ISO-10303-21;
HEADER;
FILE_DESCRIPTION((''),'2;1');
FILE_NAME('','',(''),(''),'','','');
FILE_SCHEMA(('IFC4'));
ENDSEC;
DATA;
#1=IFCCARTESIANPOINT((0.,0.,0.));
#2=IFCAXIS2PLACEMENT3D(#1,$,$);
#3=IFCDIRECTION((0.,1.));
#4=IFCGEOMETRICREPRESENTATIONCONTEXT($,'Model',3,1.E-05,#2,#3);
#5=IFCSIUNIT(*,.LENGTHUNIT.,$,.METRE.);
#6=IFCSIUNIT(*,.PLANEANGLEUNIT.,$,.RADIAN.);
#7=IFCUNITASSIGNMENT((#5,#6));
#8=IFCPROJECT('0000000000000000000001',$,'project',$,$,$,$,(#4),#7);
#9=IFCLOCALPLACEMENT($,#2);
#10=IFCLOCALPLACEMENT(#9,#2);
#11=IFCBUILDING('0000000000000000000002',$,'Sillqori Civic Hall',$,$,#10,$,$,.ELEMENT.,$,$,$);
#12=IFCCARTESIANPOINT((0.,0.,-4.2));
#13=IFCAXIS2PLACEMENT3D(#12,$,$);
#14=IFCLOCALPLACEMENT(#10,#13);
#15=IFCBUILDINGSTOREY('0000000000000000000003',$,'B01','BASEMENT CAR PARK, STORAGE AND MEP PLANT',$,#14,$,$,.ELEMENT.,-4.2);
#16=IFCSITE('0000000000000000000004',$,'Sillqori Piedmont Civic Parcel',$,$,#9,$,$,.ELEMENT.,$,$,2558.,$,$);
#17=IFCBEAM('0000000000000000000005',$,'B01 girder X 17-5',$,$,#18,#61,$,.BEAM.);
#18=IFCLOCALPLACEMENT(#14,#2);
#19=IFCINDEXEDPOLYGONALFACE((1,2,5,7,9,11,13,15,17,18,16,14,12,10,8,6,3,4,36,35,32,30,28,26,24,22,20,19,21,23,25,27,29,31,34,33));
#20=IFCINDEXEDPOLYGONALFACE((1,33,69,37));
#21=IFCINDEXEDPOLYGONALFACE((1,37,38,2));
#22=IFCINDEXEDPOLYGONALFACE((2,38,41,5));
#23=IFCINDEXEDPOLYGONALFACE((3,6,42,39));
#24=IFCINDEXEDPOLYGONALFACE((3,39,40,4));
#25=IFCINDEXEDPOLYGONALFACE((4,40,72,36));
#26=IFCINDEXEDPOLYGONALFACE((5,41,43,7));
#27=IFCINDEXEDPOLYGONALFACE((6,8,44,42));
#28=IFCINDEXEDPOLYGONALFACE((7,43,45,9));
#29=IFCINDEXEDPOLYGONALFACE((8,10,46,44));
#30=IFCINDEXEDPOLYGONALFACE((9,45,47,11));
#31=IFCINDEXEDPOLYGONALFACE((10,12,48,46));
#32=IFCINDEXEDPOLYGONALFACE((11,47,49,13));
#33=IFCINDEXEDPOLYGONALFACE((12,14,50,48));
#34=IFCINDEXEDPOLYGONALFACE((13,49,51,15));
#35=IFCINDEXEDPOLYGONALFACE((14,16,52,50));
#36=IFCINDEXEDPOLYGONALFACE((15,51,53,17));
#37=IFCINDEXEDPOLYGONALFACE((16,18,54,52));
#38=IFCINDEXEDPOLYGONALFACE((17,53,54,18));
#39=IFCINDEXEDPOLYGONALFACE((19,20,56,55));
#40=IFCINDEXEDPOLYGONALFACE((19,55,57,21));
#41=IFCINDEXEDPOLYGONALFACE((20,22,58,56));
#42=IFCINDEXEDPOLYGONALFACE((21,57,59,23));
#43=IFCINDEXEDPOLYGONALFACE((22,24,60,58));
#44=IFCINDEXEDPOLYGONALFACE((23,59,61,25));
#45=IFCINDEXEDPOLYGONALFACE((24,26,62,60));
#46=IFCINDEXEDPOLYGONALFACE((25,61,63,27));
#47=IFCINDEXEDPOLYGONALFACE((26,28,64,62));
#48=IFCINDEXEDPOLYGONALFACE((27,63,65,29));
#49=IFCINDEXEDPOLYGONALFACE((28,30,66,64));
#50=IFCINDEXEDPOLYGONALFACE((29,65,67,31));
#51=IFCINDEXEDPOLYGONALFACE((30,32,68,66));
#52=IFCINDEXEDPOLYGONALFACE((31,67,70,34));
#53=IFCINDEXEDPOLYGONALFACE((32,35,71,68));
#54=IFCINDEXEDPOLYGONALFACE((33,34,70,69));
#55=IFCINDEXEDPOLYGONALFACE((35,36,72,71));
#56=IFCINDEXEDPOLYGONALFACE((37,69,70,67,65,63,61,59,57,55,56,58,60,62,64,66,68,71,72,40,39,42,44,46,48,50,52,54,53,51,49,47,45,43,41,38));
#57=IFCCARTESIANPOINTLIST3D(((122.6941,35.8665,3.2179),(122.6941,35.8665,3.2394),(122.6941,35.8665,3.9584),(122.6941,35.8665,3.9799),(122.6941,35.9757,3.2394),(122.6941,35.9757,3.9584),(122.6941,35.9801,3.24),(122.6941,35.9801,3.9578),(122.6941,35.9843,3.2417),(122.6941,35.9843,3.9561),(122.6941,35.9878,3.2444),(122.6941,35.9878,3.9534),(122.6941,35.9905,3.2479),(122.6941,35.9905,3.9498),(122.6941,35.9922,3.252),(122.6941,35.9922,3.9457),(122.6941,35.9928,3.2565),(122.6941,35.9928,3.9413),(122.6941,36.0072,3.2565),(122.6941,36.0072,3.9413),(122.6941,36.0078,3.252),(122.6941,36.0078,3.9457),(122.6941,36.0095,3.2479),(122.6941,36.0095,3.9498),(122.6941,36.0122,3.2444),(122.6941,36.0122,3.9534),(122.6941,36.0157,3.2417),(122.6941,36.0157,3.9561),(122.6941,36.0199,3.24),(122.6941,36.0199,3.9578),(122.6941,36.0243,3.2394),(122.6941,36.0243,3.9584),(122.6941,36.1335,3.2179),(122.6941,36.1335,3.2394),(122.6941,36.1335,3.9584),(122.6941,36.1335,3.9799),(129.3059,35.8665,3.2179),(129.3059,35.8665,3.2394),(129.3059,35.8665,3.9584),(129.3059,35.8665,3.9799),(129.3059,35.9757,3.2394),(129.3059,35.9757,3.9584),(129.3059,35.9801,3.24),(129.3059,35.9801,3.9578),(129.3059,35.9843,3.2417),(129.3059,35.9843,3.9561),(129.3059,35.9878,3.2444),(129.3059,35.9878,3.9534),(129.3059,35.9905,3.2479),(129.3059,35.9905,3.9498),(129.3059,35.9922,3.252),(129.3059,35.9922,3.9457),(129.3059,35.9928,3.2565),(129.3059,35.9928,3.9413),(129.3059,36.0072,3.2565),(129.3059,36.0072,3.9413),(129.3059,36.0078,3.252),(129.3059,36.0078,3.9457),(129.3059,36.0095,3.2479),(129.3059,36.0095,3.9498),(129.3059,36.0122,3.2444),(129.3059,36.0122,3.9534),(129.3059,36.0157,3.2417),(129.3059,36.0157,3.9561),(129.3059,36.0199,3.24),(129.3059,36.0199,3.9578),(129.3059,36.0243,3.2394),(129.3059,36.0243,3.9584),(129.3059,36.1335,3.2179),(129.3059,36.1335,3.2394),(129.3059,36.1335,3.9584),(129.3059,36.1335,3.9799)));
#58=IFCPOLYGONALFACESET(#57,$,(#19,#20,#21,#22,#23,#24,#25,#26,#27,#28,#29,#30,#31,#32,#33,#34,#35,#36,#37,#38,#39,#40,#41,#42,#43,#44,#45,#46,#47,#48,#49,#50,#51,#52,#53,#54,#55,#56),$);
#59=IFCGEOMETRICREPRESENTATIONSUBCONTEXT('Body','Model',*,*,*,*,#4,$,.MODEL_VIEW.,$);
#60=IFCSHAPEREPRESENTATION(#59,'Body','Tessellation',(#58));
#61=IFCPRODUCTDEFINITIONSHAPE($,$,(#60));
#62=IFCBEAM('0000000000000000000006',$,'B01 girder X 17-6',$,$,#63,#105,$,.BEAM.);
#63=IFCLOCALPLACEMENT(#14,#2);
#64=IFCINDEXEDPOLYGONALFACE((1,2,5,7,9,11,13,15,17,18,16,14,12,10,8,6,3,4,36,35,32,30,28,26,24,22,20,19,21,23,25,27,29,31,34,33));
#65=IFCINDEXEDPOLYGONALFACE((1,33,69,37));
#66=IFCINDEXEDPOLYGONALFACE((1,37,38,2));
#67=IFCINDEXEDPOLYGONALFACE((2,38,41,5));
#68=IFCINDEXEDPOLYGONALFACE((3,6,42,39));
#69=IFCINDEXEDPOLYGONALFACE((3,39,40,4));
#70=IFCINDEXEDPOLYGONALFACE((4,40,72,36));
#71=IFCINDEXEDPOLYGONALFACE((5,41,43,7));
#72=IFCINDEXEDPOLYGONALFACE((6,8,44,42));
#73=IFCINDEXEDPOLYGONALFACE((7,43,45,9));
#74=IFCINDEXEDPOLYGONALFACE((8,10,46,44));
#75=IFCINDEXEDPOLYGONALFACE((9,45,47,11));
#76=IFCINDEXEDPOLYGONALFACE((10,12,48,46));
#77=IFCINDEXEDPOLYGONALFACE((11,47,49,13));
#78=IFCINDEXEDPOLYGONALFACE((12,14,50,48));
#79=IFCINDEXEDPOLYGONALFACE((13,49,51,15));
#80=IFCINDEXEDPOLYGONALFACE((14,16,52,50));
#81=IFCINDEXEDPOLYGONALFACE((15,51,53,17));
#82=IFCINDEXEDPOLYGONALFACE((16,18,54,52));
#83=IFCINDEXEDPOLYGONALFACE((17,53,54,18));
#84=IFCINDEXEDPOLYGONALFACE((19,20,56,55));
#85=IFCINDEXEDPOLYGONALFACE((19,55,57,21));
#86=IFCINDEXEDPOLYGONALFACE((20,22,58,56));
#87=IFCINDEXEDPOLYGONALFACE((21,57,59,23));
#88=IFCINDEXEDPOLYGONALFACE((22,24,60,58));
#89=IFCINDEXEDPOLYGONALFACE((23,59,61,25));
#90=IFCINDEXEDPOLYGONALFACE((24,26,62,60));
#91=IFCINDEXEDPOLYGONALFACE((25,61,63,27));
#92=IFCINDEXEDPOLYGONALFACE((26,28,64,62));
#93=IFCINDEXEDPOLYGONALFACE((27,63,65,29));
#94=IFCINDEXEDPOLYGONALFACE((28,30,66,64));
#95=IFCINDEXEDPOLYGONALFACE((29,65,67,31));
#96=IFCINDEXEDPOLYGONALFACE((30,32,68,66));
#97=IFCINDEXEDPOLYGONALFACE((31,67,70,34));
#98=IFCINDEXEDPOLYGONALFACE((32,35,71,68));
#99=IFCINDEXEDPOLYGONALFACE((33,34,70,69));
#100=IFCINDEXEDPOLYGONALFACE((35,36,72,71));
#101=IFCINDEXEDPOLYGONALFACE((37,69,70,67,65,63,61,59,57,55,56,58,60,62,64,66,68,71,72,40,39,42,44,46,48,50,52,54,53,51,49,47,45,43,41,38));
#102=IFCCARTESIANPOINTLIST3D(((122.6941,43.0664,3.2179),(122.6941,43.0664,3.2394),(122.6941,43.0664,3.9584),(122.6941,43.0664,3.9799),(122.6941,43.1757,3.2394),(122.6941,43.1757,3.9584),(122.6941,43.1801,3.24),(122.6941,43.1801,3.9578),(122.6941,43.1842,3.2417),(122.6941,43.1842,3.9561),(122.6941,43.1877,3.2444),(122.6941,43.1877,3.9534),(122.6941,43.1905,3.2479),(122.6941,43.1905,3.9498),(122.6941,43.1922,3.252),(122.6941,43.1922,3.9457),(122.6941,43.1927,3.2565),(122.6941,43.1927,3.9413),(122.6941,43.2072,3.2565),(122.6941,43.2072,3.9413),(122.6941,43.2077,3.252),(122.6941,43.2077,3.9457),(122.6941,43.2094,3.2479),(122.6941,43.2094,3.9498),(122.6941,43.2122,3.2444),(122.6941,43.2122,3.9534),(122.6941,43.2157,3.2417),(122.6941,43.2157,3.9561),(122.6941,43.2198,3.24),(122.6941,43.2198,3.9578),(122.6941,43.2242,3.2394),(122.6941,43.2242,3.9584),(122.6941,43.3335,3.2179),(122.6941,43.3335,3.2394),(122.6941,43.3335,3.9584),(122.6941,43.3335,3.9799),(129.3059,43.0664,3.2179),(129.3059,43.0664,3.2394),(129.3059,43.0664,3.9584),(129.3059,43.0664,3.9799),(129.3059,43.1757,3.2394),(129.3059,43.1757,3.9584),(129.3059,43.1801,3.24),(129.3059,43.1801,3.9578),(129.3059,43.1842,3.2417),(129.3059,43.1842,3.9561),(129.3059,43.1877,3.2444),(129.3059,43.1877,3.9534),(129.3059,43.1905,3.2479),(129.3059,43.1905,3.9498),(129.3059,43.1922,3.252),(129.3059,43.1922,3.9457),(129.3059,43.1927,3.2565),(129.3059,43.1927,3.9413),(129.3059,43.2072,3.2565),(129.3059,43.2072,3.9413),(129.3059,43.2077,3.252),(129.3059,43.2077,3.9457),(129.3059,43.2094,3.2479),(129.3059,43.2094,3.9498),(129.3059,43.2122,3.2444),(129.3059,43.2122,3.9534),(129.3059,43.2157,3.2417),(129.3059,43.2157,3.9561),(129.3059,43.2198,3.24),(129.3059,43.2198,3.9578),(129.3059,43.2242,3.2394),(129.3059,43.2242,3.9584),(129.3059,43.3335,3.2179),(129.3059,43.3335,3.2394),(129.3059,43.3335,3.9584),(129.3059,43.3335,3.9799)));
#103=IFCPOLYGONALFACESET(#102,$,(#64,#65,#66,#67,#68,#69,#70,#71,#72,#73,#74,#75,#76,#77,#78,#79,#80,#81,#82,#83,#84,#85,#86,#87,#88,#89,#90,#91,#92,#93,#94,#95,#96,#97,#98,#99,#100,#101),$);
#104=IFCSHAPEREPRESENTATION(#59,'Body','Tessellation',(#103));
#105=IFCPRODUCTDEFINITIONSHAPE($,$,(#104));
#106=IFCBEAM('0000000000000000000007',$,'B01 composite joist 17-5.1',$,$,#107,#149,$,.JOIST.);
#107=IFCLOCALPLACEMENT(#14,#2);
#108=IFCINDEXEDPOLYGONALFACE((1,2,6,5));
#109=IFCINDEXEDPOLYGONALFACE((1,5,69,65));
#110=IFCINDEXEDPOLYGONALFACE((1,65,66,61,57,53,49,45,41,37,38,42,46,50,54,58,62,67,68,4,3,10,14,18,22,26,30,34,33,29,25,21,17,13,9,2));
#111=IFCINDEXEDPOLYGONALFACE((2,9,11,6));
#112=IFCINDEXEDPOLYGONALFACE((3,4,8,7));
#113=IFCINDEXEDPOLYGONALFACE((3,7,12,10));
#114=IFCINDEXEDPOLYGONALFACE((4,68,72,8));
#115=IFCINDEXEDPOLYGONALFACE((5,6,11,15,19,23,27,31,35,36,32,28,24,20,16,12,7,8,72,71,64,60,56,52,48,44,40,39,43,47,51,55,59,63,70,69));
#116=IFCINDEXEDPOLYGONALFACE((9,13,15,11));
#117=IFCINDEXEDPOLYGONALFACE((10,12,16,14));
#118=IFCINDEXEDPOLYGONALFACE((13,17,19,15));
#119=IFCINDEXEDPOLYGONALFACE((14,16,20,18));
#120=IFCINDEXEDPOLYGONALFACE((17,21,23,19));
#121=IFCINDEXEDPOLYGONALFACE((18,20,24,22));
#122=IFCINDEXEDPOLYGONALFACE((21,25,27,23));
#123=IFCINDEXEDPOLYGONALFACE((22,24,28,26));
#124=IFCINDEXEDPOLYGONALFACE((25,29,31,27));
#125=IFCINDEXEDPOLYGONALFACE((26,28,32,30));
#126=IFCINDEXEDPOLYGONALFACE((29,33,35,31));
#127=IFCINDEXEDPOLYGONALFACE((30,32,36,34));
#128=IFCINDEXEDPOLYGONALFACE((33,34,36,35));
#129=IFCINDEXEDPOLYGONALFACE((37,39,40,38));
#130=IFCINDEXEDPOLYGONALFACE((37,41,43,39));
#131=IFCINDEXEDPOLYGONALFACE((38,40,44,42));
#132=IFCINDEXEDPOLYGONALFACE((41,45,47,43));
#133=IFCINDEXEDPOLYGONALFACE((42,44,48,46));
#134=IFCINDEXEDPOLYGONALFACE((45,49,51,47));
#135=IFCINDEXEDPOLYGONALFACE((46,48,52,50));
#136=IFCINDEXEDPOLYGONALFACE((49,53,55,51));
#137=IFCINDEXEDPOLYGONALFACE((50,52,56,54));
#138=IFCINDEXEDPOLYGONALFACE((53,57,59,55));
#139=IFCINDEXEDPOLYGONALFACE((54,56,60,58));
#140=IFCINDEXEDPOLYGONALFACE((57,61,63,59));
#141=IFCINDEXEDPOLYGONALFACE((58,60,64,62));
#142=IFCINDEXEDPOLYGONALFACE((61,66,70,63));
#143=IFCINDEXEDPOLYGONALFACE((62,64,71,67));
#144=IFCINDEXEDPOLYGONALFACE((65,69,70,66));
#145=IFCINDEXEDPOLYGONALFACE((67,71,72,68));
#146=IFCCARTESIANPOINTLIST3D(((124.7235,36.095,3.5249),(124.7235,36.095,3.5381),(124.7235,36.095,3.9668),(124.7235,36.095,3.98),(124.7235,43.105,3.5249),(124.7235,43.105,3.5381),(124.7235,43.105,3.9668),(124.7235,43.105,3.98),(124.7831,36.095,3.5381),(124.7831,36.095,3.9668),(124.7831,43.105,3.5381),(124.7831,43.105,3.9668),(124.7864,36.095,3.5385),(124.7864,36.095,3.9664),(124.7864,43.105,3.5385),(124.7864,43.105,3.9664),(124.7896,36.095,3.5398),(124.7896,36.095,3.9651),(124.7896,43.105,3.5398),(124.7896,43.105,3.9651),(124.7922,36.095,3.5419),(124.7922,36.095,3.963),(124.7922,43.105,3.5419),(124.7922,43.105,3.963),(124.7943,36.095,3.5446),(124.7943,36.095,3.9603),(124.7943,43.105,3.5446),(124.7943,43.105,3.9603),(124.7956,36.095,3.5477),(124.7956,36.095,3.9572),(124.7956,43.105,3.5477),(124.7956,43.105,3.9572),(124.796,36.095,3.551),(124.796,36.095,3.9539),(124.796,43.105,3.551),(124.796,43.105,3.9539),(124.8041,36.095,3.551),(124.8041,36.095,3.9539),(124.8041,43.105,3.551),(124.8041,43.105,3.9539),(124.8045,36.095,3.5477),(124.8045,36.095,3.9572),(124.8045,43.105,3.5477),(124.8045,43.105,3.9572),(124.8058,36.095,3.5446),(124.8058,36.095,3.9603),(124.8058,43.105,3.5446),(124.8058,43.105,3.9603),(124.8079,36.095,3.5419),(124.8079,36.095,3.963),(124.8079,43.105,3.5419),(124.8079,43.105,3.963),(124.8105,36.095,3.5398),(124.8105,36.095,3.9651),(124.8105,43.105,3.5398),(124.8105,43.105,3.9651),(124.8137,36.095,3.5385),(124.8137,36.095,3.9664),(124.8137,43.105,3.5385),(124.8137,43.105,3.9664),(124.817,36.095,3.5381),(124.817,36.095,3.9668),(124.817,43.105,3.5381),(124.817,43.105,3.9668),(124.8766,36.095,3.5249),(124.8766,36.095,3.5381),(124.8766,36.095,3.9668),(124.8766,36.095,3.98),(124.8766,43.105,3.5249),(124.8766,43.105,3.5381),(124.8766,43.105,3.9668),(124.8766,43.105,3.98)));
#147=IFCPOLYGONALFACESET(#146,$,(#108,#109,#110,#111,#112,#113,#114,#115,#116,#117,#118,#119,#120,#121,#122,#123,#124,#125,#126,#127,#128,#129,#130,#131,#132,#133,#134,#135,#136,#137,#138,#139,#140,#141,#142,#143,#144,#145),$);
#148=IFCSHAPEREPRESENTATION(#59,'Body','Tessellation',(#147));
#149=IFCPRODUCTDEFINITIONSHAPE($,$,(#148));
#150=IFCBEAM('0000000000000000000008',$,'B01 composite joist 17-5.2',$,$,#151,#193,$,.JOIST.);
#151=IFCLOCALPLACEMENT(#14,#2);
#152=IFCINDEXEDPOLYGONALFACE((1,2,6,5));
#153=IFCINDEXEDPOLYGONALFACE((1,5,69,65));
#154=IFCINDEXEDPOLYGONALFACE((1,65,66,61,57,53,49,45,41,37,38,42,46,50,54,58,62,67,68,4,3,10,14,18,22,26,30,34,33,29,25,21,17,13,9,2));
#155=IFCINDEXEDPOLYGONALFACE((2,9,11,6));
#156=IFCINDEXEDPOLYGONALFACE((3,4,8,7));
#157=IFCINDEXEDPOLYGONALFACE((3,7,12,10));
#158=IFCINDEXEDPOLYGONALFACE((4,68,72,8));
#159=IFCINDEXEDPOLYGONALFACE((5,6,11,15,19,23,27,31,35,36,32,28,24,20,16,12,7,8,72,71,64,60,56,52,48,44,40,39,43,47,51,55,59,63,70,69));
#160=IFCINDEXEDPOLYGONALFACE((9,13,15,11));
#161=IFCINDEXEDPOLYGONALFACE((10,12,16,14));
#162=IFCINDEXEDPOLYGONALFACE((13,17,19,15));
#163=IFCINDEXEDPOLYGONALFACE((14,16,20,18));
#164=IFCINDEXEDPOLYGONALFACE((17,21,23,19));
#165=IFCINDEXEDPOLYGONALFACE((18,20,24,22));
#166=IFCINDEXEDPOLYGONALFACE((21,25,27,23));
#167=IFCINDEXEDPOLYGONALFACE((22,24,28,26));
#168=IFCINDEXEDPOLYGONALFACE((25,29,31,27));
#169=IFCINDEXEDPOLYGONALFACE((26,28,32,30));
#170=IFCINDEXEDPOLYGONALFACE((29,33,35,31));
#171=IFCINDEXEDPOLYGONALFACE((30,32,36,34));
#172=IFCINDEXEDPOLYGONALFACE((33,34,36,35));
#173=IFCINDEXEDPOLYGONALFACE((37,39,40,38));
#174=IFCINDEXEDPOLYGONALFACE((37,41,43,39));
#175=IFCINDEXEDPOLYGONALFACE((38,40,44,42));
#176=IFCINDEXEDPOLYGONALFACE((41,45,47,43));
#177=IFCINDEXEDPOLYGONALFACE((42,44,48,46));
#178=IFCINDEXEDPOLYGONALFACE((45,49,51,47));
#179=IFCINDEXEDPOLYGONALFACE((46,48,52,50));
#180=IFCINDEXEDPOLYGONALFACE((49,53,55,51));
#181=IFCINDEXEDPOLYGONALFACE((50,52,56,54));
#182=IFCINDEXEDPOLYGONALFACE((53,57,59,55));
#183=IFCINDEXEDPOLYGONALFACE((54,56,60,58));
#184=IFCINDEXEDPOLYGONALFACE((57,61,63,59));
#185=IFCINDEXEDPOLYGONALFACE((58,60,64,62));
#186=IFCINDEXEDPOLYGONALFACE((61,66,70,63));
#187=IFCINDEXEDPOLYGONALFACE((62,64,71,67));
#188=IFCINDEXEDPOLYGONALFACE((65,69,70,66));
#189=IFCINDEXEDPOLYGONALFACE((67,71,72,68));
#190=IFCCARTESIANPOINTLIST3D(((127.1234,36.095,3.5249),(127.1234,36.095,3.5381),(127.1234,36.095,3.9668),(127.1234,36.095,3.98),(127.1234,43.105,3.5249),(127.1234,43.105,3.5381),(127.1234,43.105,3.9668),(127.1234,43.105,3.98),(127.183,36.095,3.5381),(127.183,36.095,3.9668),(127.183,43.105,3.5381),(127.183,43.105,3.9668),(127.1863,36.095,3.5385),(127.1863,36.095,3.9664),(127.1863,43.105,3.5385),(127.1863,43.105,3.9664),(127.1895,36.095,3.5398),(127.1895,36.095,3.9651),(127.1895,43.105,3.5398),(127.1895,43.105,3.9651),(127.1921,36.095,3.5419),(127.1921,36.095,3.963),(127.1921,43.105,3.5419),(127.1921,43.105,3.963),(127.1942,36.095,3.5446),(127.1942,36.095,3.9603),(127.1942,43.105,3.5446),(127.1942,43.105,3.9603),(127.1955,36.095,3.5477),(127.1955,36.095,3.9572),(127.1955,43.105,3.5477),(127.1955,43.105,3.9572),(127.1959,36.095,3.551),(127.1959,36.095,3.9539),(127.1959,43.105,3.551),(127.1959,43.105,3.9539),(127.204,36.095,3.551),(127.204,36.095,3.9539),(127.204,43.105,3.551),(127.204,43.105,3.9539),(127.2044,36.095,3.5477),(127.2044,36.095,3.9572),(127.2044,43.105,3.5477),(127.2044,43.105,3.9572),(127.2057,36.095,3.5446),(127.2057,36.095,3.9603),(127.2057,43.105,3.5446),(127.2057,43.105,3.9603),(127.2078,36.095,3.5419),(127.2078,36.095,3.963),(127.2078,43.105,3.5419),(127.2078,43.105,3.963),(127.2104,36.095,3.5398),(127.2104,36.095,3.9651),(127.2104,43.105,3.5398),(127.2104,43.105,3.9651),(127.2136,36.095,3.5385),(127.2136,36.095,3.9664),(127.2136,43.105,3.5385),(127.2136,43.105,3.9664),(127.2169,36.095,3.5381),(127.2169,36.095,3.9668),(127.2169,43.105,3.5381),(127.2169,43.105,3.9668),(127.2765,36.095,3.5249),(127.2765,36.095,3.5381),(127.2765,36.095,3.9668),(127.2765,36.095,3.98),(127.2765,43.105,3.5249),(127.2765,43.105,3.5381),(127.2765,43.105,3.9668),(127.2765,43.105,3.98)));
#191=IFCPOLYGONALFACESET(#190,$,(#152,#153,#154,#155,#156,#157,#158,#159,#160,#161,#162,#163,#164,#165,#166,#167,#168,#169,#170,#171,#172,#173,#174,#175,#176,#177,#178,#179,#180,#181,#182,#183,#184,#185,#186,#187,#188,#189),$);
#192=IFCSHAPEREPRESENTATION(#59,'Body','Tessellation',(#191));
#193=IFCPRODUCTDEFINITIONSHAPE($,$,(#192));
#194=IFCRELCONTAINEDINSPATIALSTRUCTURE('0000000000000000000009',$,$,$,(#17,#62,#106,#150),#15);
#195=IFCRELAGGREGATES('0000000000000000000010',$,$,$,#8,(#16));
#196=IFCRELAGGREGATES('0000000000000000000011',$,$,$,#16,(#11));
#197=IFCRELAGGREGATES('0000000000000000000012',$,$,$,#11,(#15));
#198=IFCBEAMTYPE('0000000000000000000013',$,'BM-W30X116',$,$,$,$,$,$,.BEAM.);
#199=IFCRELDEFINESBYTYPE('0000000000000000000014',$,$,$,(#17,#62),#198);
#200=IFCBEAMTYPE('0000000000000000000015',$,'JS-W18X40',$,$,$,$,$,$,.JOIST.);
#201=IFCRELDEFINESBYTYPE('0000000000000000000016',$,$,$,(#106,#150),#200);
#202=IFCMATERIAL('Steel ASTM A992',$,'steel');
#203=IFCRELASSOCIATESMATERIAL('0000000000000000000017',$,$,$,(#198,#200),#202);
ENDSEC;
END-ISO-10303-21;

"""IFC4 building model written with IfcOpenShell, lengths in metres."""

from ifc_helpers import new_model, si_unit, direction, frame, origin, origin_2d, place, context, subcontext, project, spatial, i_section, extrude, material, material_profile, profile_set, type_object, element, save


model = new_model("IFC4")

# Units and contexts
model_context = context("Model", 3, precision=1e-05, world=origin(), true_north=direction((0.0, 1.0)))
body_context = subcontext(model_context, "Body", "Model", "MODEL_VIEW")
ifc_project = project(units=[si_unit("LENGTHUNIT", "METRE"), si_unit("PLANEANGLEUNIT", "RADIAN")], contexts=[model_context])

# Site, building, storey
site_placement = place(None, origin())
site = spatial("IfcSite", under=ifc_project, at=site_placement, Name="Sillqori Piedmont Civic Parcel", CompositionType="ELEMENT", RefElevation=2558.0)
building_placement = place(site_placement, origin())
building = spatial("IfcBuilding", under=site, at=building_placement, Name="Sillqori Civic Hall", CompositionType="ELEMENT")
storey_placement = place(building_placement, frame((0.0, 0.0, -4.2)))
storey = spatial("IfcBuildingStorey", under=building, at=storey_placement, Name="B01", Description="BASEMENT CAR PARK, STORAGE AND MEP PLANT", CompositionType="ELEMENT", Elevation=-4.2)

# Beams
ifc_material_1 = material(Name="Steel ASTM A992", Category="steel")
ifc_material_profile_1 = material_profile(ifc_material_1, i_section(OverallWidth=0.2671, OverallDepth=0.762, WebThickness=0.0144, FlangeThickness=0.0215, FilletRadius=0.0171, at=origin_2d()), Name="W30X116")
ifc_profile_set_1 = profile_set([ifc_material_profile_1], Name="Steel ASTM A992")
beam_type_1 = type_object("IfcBeamType", Name="BM-W30X116", PredefinedType="BEAM", material=ifc_profile_set_1)
for number, where, z_axis, x_axis, name in (
    (1, (122.6941, 36.0, 3.5989), (1.0, 0.0, 0.0), (0.0, 1.0, 0.0), "B01 girder X 17-5"),
    (2, (122.6941, 43.2, 3.5989), (1.0, 0.0, 0.0), (0.0, 1.0, 0.0), "B01 girder X 17-6"),
):
    element("IfcBeam", number, at=place(storey_placement, frame(where, z_axis=z_axis, x_axis=x_axis)), inside=storey, type_object=beam_type_1, Name=name, PredefinedType="BEAM", context=body_context, shape_type="SweptSolid", body=[
        extrude(i_section(OverallWidth=0.2671, OverallDepth=0.762, WebThickness=0.0144, FlangeThickness=0.0215, FilletRadius=0.0171, at=origin_2d()), origin(), (0.0, 0.0, 1.0), 6.6118),
    ])
ifc_material_profile_2 = material_profile(ifc_material_1, i_section(OverallWidth=0.1531, OverallDepth=0.4551, WebThickness=0.0081, FlangeThickness=0.0132, FilletRadius=0.0129, at=origin_2d()), Name="W18X40")
ifc_profile_set_2 = profile_set([ifc_material_profile_2], Name="Steel ASTM A992")
beam_type_2 = type_object("IfcBeamType", Name="JS-W18X40", PredefinedType="JOIST", material=ifc_profile_set_2)
for number, where, z_axis, x_axis, name in (
    (3, (124.8, 36.095, 3.7524), (0.0, 1.0, 0.0), (-1.0, 0.0, 0.0), "B01 composite joist 17-5.1"),
    (4, (127.2, 36.095, 3.7524), (0.0, 1.0, 0.0), (-1.0, 0.0, 0.0), "B01 composite joist 17-5.2"),
):
    element("IfcBeam", number, at=place(storey_placement, frame(where, z_axis=z_axis, x_axis=x_axis)), inside=storey, type_object=beam_type_2, Name=name, PredefinedType="JOIST", context=body_context, shape_type="SweptSolid", body=[
        extrude(i_section(OverallWidth=0.1531, OverallDepth=0.4551, WebThickness=0.0081, FlangeThickness=0.0132, FilletRadius=0.0129, at=origin_2d()), origin(), (0.0, 0.0, 1.0), 7.01),
    ])

save(model, "model.ifc")
